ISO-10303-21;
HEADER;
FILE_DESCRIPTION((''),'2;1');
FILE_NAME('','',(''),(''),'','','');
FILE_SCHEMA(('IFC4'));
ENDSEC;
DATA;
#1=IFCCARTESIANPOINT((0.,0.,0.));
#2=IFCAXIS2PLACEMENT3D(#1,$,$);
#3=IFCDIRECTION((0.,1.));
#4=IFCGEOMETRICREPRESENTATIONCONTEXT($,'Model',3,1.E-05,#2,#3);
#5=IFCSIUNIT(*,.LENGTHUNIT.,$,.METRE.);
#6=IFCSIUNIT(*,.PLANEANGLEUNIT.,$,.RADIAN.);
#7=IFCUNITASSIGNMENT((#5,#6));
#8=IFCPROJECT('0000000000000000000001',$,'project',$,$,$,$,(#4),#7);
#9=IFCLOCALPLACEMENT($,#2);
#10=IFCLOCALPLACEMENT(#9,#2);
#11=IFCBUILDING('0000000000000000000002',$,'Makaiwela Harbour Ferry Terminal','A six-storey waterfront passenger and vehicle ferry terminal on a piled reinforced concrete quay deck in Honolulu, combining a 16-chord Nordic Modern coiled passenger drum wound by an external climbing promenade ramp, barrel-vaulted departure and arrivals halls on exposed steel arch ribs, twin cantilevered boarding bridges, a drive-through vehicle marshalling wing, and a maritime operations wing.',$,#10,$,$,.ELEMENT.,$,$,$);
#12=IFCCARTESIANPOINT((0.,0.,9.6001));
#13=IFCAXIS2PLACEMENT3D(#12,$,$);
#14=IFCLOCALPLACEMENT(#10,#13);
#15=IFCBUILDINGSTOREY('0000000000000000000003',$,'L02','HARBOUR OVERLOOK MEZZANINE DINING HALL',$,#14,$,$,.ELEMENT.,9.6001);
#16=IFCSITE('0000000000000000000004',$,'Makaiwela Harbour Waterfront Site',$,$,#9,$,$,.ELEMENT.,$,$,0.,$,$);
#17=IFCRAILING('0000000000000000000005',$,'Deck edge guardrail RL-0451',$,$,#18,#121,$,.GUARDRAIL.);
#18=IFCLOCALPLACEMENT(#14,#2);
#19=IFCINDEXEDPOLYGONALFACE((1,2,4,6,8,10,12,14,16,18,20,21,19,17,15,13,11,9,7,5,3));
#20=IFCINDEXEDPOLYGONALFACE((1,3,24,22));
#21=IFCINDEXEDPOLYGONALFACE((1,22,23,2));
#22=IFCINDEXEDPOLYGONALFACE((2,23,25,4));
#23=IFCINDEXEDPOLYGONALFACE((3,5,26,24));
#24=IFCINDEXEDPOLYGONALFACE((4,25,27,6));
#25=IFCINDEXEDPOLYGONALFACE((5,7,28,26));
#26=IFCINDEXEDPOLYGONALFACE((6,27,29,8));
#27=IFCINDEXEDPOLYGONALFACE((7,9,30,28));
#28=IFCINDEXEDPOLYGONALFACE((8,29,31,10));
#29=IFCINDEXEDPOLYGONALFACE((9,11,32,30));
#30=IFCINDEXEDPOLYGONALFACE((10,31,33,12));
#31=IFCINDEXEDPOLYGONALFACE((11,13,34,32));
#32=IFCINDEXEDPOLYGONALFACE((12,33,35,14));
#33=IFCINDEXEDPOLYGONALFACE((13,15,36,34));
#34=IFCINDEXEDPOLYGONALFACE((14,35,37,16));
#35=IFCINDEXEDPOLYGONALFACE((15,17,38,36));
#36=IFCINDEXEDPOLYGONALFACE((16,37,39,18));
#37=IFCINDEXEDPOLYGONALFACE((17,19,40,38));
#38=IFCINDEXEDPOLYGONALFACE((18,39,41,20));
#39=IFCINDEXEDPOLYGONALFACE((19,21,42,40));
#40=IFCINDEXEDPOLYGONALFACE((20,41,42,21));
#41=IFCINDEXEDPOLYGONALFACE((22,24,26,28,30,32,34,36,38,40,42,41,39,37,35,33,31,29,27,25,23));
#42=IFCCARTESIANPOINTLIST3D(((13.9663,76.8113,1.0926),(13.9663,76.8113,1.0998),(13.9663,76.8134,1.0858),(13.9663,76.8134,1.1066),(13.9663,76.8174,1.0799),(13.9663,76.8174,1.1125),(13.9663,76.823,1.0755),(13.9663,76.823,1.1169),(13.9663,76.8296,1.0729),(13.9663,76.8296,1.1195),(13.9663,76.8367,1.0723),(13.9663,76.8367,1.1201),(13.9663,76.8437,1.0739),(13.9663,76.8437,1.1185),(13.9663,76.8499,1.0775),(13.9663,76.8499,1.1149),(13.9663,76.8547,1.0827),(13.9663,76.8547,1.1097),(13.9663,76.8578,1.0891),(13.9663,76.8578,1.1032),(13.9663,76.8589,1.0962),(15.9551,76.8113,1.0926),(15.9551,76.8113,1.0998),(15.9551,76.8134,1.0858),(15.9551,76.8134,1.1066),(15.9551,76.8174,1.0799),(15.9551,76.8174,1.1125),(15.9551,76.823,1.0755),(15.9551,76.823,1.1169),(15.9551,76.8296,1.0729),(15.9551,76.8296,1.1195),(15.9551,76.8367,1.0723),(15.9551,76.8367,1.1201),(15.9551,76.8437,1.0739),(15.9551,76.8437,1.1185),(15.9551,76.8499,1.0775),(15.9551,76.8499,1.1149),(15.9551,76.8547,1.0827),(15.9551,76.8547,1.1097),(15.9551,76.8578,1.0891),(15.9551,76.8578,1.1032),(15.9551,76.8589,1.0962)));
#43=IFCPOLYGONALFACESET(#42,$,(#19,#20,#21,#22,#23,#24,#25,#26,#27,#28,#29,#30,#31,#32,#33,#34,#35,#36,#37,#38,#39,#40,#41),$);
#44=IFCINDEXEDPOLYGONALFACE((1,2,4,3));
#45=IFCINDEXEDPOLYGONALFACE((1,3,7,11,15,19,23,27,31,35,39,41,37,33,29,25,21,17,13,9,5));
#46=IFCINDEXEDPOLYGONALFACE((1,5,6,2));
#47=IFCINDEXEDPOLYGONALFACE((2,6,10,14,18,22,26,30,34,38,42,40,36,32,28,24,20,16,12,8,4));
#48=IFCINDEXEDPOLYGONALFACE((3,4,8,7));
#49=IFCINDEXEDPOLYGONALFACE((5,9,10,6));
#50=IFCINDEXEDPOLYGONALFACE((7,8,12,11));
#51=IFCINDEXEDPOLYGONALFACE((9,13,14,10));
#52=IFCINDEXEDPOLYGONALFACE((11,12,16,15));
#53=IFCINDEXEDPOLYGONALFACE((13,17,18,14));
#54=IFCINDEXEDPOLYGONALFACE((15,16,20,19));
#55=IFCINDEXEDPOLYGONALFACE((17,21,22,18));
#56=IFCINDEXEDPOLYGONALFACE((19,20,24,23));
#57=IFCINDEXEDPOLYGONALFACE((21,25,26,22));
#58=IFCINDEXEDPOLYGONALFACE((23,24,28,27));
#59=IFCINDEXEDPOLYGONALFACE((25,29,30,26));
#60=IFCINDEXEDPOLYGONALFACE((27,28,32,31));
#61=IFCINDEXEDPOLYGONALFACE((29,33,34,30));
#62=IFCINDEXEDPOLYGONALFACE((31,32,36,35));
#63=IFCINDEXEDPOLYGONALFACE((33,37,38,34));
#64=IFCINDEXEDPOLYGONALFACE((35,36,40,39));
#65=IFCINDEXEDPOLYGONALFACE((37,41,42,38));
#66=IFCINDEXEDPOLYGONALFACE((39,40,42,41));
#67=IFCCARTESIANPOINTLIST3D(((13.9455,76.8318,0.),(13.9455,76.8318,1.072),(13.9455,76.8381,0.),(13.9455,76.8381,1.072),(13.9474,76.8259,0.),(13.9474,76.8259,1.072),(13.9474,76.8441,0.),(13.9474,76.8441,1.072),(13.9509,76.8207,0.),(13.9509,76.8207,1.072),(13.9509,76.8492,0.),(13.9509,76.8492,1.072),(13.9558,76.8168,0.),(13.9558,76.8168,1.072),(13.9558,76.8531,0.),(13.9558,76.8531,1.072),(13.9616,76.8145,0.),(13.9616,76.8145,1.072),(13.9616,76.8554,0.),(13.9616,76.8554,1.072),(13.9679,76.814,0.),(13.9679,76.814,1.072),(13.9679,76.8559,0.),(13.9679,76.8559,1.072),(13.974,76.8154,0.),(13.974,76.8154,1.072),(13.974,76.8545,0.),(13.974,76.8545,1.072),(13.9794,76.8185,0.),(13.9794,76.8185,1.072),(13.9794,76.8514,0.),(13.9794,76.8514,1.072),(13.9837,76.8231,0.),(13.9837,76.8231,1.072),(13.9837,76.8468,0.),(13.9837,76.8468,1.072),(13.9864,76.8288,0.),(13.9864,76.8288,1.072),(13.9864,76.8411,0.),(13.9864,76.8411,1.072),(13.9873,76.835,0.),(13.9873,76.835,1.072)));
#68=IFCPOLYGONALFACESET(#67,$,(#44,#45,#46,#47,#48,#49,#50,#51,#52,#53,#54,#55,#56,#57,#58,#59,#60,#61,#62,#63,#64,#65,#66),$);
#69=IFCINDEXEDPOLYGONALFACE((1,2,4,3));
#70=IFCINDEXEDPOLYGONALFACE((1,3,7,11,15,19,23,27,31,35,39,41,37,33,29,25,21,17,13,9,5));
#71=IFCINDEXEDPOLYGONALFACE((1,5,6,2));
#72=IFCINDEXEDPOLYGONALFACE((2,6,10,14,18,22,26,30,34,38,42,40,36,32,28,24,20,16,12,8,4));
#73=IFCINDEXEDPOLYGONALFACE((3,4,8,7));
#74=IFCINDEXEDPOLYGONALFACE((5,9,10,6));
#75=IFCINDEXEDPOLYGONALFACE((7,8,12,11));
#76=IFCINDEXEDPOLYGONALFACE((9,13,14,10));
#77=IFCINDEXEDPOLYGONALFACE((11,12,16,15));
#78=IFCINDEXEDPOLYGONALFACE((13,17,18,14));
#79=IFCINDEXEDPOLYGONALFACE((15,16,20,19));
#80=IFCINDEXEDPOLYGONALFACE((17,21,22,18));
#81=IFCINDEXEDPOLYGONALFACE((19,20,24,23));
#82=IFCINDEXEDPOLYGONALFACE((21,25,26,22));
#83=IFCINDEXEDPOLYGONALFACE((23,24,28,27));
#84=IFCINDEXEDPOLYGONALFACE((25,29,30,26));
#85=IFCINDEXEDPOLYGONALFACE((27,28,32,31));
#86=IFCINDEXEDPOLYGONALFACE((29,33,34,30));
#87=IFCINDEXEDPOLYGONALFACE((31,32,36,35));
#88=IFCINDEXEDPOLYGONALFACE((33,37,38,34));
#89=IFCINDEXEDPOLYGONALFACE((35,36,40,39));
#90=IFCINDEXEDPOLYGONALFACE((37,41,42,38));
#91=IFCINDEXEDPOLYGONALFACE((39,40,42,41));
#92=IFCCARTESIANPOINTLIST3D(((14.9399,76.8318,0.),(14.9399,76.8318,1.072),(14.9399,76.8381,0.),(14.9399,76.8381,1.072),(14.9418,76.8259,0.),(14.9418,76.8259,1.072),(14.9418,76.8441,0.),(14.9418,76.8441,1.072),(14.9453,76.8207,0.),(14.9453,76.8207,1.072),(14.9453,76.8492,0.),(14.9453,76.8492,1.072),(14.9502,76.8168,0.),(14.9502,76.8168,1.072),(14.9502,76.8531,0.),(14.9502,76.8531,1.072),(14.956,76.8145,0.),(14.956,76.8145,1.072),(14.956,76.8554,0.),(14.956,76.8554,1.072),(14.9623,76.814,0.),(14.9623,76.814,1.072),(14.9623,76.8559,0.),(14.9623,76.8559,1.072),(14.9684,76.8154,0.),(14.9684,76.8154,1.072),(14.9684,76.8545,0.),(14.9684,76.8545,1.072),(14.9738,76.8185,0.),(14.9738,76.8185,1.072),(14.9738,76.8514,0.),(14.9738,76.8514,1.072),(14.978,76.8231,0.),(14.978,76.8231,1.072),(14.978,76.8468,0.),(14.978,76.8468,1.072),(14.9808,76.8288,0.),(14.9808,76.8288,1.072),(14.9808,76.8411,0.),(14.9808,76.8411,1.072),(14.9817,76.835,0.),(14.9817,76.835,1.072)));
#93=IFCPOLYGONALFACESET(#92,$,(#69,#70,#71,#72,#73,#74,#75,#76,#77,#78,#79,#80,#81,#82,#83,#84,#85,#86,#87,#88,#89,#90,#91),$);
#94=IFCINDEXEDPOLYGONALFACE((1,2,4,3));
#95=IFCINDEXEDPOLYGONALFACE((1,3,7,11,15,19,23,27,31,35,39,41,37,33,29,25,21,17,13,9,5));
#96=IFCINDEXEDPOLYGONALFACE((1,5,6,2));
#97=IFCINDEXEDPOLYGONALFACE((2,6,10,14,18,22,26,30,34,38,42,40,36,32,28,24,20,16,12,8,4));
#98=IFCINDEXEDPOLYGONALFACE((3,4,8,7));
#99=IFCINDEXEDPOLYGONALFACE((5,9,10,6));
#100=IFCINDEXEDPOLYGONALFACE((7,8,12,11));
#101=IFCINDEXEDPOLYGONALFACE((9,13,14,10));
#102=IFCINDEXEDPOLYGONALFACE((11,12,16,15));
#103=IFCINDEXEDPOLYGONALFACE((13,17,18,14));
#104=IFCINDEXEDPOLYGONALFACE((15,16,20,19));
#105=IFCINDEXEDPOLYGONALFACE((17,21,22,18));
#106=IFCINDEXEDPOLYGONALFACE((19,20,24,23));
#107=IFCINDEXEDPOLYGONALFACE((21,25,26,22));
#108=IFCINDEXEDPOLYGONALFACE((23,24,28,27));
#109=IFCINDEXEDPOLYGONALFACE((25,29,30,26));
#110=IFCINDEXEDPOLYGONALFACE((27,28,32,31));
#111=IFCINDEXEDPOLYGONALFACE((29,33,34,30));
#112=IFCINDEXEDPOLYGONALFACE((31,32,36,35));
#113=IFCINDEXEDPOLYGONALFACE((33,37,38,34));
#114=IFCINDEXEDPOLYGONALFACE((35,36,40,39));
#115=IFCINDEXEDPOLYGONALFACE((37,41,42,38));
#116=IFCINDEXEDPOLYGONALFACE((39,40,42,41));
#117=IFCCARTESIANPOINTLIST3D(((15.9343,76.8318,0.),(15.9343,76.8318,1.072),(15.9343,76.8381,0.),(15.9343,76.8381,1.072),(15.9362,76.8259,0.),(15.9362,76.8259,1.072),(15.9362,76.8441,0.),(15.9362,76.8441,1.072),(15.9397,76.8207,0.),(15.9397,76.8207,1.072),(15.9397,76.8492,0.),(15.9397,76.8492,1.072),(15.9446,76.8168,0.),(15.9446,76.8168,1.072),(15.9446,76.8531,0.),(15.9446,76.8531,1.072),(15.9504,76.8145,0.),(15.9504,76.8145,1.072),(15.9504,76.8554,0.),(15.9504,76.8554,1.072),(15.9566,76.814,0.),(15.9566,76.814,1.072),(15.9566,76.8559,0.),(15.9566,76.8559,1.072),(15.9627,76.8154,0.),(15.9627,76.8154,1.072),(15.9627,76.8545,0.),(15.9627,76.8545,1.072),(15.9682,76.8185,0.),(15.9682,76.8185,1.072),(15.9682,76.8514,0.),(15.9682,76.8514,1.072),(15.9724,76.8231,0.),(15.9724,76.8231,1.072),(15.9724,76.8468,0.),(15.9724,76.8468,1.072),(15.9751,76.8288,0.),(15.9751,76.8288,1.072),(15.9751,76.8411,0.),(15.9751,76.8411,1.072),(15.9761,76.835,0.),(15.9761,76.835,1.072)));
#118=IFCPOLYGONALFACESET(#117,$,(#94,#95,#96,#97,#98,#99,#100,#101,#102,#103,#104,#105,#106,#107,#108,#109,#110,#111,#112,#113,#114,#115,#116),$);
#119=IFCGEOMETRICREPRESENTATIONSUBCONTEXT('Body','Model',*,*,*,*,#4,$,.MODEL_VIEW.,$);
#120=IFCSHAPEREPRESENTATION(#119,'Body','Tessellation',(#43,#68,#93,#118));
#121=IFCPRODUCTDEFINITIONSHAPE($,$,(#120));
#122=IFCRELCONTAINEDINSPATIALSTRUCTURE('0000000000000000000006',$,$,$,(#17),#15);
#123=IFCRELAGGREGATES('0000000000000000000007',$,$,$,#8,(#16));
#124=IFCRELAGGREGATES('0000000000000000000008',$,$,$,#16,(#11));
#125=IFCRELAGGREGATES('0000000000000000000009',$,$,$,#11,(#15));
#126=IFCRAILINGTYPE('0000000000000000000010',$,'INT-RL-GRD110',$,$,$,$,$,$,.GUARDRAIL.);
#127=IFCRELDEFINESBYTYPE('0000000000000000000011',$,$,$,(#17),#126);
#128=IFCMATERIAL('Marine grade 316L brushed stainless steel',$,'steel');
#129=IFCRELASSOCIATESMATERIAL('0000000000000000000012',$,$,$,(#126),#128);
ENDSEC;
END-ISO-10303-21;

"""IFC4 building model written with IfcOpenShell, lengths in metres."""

from ifc_helpers import new_model, si_unit, direction, frame, origin, origin_2d, place, context, subcontext, project, spatial, circle, extrude, material, type_object, element, save


model = new_model("IFC4")

# Units and contexts
model_context = context("Model", 3, precision=1e-05, world=origin(), true_north=direction((0.0, 1.0)))
body_context = subcontext(model_context, "Body", "Model", "MODEL_VIEW")
ifc_project = project(units=[si_unit("LENGTHUNIT", "METRE"), si_unit("PLANEANGLEUNIT", "RADIAN")], contexts=[model_context])

# Site, building, storey
site_placement = place(None, origin())
site = spatial("IfcSite", under=ifc_project, at=site_placement, Name="Makaiwela Harbour Waterfront Site", CompositionType="ELEMENT", RefElevation=0.0)
building_placement = place(site_placement, origin())
building = spatial("IfcBuilding", under=site, at=building_placement, Name="Makaiwela Harbour Ferry Terminal", Description="A six-storey waterfront passenger and vehicle ferry terminal on a piled reinforced concrete quay deck in Honolulu, combining a 16-chord Nordic Modern coiled passenger drum wound by an external climbing promenade ramp, barrel-vaulted departure and arrivals halls on exposed steel arch ribs, twin cantilevered boarding bridges, a drive-through vehicle marshalling wing, and a maritime operations wing.", CompositionType="ELEMENT")
storey_placement = place(building_placement, frame((0.0, 0.0, 9.6001)))
storey = spatial("IfcBuildingStorey", under=building, at=storey_placement, Name="L02", Description="HARBOUR OVERLOOK MEZZANINE DINING HALL", CompositionType="ELEMENT", Elevation=9.6001)

# Railing
ifc_material_1 = material(Name="Marine grade 316L brushed stainless steel", Category="steel")
railing_type = type_object("IfcRailingType", Name="INT-RL-GRD110", PredefinedType="GUARDRAIL", material=ifc_material_1)
railing_1_placement = place(storey_placement, frame((13.9663, 76.835, 0.0)))
element("IfcRailing", 1, at=railing_1_placement, inside=storey, type_object=railing_type, Name="Deck edge guardrail RL-0451", PredefinedType="GUARDRAIL", context=body_context, shape_type="SweptSolid", body=[
    extrude(circle(Radius=0.0239, at=origin_2d()), frame((0.0, 0.0, 1.0962), z_axis=(1.0, 0.0, 0.0), x_axis=(0.0, 1.0, 0.0)), (0.0, 0.0, 1.0), 1.9888),
    extrude(circle(Radius=0.021, at=origin_2d()), origin(), (0.0, 0.0, 1.0), 1.072),
    extrude(circle(Radius=0.021, at=origin_2d()), frame((0.9944, 0.0, 0.0)), (0.0, 0.0, 1.0), 1.072),
    extrude(circle(Radius=0.021, at=origin_2d()), frame((1.9888, 0.0, 0.0)), (0.0, 0.0, 1.0), 1.072),
])

save(model, "model.ifc")
